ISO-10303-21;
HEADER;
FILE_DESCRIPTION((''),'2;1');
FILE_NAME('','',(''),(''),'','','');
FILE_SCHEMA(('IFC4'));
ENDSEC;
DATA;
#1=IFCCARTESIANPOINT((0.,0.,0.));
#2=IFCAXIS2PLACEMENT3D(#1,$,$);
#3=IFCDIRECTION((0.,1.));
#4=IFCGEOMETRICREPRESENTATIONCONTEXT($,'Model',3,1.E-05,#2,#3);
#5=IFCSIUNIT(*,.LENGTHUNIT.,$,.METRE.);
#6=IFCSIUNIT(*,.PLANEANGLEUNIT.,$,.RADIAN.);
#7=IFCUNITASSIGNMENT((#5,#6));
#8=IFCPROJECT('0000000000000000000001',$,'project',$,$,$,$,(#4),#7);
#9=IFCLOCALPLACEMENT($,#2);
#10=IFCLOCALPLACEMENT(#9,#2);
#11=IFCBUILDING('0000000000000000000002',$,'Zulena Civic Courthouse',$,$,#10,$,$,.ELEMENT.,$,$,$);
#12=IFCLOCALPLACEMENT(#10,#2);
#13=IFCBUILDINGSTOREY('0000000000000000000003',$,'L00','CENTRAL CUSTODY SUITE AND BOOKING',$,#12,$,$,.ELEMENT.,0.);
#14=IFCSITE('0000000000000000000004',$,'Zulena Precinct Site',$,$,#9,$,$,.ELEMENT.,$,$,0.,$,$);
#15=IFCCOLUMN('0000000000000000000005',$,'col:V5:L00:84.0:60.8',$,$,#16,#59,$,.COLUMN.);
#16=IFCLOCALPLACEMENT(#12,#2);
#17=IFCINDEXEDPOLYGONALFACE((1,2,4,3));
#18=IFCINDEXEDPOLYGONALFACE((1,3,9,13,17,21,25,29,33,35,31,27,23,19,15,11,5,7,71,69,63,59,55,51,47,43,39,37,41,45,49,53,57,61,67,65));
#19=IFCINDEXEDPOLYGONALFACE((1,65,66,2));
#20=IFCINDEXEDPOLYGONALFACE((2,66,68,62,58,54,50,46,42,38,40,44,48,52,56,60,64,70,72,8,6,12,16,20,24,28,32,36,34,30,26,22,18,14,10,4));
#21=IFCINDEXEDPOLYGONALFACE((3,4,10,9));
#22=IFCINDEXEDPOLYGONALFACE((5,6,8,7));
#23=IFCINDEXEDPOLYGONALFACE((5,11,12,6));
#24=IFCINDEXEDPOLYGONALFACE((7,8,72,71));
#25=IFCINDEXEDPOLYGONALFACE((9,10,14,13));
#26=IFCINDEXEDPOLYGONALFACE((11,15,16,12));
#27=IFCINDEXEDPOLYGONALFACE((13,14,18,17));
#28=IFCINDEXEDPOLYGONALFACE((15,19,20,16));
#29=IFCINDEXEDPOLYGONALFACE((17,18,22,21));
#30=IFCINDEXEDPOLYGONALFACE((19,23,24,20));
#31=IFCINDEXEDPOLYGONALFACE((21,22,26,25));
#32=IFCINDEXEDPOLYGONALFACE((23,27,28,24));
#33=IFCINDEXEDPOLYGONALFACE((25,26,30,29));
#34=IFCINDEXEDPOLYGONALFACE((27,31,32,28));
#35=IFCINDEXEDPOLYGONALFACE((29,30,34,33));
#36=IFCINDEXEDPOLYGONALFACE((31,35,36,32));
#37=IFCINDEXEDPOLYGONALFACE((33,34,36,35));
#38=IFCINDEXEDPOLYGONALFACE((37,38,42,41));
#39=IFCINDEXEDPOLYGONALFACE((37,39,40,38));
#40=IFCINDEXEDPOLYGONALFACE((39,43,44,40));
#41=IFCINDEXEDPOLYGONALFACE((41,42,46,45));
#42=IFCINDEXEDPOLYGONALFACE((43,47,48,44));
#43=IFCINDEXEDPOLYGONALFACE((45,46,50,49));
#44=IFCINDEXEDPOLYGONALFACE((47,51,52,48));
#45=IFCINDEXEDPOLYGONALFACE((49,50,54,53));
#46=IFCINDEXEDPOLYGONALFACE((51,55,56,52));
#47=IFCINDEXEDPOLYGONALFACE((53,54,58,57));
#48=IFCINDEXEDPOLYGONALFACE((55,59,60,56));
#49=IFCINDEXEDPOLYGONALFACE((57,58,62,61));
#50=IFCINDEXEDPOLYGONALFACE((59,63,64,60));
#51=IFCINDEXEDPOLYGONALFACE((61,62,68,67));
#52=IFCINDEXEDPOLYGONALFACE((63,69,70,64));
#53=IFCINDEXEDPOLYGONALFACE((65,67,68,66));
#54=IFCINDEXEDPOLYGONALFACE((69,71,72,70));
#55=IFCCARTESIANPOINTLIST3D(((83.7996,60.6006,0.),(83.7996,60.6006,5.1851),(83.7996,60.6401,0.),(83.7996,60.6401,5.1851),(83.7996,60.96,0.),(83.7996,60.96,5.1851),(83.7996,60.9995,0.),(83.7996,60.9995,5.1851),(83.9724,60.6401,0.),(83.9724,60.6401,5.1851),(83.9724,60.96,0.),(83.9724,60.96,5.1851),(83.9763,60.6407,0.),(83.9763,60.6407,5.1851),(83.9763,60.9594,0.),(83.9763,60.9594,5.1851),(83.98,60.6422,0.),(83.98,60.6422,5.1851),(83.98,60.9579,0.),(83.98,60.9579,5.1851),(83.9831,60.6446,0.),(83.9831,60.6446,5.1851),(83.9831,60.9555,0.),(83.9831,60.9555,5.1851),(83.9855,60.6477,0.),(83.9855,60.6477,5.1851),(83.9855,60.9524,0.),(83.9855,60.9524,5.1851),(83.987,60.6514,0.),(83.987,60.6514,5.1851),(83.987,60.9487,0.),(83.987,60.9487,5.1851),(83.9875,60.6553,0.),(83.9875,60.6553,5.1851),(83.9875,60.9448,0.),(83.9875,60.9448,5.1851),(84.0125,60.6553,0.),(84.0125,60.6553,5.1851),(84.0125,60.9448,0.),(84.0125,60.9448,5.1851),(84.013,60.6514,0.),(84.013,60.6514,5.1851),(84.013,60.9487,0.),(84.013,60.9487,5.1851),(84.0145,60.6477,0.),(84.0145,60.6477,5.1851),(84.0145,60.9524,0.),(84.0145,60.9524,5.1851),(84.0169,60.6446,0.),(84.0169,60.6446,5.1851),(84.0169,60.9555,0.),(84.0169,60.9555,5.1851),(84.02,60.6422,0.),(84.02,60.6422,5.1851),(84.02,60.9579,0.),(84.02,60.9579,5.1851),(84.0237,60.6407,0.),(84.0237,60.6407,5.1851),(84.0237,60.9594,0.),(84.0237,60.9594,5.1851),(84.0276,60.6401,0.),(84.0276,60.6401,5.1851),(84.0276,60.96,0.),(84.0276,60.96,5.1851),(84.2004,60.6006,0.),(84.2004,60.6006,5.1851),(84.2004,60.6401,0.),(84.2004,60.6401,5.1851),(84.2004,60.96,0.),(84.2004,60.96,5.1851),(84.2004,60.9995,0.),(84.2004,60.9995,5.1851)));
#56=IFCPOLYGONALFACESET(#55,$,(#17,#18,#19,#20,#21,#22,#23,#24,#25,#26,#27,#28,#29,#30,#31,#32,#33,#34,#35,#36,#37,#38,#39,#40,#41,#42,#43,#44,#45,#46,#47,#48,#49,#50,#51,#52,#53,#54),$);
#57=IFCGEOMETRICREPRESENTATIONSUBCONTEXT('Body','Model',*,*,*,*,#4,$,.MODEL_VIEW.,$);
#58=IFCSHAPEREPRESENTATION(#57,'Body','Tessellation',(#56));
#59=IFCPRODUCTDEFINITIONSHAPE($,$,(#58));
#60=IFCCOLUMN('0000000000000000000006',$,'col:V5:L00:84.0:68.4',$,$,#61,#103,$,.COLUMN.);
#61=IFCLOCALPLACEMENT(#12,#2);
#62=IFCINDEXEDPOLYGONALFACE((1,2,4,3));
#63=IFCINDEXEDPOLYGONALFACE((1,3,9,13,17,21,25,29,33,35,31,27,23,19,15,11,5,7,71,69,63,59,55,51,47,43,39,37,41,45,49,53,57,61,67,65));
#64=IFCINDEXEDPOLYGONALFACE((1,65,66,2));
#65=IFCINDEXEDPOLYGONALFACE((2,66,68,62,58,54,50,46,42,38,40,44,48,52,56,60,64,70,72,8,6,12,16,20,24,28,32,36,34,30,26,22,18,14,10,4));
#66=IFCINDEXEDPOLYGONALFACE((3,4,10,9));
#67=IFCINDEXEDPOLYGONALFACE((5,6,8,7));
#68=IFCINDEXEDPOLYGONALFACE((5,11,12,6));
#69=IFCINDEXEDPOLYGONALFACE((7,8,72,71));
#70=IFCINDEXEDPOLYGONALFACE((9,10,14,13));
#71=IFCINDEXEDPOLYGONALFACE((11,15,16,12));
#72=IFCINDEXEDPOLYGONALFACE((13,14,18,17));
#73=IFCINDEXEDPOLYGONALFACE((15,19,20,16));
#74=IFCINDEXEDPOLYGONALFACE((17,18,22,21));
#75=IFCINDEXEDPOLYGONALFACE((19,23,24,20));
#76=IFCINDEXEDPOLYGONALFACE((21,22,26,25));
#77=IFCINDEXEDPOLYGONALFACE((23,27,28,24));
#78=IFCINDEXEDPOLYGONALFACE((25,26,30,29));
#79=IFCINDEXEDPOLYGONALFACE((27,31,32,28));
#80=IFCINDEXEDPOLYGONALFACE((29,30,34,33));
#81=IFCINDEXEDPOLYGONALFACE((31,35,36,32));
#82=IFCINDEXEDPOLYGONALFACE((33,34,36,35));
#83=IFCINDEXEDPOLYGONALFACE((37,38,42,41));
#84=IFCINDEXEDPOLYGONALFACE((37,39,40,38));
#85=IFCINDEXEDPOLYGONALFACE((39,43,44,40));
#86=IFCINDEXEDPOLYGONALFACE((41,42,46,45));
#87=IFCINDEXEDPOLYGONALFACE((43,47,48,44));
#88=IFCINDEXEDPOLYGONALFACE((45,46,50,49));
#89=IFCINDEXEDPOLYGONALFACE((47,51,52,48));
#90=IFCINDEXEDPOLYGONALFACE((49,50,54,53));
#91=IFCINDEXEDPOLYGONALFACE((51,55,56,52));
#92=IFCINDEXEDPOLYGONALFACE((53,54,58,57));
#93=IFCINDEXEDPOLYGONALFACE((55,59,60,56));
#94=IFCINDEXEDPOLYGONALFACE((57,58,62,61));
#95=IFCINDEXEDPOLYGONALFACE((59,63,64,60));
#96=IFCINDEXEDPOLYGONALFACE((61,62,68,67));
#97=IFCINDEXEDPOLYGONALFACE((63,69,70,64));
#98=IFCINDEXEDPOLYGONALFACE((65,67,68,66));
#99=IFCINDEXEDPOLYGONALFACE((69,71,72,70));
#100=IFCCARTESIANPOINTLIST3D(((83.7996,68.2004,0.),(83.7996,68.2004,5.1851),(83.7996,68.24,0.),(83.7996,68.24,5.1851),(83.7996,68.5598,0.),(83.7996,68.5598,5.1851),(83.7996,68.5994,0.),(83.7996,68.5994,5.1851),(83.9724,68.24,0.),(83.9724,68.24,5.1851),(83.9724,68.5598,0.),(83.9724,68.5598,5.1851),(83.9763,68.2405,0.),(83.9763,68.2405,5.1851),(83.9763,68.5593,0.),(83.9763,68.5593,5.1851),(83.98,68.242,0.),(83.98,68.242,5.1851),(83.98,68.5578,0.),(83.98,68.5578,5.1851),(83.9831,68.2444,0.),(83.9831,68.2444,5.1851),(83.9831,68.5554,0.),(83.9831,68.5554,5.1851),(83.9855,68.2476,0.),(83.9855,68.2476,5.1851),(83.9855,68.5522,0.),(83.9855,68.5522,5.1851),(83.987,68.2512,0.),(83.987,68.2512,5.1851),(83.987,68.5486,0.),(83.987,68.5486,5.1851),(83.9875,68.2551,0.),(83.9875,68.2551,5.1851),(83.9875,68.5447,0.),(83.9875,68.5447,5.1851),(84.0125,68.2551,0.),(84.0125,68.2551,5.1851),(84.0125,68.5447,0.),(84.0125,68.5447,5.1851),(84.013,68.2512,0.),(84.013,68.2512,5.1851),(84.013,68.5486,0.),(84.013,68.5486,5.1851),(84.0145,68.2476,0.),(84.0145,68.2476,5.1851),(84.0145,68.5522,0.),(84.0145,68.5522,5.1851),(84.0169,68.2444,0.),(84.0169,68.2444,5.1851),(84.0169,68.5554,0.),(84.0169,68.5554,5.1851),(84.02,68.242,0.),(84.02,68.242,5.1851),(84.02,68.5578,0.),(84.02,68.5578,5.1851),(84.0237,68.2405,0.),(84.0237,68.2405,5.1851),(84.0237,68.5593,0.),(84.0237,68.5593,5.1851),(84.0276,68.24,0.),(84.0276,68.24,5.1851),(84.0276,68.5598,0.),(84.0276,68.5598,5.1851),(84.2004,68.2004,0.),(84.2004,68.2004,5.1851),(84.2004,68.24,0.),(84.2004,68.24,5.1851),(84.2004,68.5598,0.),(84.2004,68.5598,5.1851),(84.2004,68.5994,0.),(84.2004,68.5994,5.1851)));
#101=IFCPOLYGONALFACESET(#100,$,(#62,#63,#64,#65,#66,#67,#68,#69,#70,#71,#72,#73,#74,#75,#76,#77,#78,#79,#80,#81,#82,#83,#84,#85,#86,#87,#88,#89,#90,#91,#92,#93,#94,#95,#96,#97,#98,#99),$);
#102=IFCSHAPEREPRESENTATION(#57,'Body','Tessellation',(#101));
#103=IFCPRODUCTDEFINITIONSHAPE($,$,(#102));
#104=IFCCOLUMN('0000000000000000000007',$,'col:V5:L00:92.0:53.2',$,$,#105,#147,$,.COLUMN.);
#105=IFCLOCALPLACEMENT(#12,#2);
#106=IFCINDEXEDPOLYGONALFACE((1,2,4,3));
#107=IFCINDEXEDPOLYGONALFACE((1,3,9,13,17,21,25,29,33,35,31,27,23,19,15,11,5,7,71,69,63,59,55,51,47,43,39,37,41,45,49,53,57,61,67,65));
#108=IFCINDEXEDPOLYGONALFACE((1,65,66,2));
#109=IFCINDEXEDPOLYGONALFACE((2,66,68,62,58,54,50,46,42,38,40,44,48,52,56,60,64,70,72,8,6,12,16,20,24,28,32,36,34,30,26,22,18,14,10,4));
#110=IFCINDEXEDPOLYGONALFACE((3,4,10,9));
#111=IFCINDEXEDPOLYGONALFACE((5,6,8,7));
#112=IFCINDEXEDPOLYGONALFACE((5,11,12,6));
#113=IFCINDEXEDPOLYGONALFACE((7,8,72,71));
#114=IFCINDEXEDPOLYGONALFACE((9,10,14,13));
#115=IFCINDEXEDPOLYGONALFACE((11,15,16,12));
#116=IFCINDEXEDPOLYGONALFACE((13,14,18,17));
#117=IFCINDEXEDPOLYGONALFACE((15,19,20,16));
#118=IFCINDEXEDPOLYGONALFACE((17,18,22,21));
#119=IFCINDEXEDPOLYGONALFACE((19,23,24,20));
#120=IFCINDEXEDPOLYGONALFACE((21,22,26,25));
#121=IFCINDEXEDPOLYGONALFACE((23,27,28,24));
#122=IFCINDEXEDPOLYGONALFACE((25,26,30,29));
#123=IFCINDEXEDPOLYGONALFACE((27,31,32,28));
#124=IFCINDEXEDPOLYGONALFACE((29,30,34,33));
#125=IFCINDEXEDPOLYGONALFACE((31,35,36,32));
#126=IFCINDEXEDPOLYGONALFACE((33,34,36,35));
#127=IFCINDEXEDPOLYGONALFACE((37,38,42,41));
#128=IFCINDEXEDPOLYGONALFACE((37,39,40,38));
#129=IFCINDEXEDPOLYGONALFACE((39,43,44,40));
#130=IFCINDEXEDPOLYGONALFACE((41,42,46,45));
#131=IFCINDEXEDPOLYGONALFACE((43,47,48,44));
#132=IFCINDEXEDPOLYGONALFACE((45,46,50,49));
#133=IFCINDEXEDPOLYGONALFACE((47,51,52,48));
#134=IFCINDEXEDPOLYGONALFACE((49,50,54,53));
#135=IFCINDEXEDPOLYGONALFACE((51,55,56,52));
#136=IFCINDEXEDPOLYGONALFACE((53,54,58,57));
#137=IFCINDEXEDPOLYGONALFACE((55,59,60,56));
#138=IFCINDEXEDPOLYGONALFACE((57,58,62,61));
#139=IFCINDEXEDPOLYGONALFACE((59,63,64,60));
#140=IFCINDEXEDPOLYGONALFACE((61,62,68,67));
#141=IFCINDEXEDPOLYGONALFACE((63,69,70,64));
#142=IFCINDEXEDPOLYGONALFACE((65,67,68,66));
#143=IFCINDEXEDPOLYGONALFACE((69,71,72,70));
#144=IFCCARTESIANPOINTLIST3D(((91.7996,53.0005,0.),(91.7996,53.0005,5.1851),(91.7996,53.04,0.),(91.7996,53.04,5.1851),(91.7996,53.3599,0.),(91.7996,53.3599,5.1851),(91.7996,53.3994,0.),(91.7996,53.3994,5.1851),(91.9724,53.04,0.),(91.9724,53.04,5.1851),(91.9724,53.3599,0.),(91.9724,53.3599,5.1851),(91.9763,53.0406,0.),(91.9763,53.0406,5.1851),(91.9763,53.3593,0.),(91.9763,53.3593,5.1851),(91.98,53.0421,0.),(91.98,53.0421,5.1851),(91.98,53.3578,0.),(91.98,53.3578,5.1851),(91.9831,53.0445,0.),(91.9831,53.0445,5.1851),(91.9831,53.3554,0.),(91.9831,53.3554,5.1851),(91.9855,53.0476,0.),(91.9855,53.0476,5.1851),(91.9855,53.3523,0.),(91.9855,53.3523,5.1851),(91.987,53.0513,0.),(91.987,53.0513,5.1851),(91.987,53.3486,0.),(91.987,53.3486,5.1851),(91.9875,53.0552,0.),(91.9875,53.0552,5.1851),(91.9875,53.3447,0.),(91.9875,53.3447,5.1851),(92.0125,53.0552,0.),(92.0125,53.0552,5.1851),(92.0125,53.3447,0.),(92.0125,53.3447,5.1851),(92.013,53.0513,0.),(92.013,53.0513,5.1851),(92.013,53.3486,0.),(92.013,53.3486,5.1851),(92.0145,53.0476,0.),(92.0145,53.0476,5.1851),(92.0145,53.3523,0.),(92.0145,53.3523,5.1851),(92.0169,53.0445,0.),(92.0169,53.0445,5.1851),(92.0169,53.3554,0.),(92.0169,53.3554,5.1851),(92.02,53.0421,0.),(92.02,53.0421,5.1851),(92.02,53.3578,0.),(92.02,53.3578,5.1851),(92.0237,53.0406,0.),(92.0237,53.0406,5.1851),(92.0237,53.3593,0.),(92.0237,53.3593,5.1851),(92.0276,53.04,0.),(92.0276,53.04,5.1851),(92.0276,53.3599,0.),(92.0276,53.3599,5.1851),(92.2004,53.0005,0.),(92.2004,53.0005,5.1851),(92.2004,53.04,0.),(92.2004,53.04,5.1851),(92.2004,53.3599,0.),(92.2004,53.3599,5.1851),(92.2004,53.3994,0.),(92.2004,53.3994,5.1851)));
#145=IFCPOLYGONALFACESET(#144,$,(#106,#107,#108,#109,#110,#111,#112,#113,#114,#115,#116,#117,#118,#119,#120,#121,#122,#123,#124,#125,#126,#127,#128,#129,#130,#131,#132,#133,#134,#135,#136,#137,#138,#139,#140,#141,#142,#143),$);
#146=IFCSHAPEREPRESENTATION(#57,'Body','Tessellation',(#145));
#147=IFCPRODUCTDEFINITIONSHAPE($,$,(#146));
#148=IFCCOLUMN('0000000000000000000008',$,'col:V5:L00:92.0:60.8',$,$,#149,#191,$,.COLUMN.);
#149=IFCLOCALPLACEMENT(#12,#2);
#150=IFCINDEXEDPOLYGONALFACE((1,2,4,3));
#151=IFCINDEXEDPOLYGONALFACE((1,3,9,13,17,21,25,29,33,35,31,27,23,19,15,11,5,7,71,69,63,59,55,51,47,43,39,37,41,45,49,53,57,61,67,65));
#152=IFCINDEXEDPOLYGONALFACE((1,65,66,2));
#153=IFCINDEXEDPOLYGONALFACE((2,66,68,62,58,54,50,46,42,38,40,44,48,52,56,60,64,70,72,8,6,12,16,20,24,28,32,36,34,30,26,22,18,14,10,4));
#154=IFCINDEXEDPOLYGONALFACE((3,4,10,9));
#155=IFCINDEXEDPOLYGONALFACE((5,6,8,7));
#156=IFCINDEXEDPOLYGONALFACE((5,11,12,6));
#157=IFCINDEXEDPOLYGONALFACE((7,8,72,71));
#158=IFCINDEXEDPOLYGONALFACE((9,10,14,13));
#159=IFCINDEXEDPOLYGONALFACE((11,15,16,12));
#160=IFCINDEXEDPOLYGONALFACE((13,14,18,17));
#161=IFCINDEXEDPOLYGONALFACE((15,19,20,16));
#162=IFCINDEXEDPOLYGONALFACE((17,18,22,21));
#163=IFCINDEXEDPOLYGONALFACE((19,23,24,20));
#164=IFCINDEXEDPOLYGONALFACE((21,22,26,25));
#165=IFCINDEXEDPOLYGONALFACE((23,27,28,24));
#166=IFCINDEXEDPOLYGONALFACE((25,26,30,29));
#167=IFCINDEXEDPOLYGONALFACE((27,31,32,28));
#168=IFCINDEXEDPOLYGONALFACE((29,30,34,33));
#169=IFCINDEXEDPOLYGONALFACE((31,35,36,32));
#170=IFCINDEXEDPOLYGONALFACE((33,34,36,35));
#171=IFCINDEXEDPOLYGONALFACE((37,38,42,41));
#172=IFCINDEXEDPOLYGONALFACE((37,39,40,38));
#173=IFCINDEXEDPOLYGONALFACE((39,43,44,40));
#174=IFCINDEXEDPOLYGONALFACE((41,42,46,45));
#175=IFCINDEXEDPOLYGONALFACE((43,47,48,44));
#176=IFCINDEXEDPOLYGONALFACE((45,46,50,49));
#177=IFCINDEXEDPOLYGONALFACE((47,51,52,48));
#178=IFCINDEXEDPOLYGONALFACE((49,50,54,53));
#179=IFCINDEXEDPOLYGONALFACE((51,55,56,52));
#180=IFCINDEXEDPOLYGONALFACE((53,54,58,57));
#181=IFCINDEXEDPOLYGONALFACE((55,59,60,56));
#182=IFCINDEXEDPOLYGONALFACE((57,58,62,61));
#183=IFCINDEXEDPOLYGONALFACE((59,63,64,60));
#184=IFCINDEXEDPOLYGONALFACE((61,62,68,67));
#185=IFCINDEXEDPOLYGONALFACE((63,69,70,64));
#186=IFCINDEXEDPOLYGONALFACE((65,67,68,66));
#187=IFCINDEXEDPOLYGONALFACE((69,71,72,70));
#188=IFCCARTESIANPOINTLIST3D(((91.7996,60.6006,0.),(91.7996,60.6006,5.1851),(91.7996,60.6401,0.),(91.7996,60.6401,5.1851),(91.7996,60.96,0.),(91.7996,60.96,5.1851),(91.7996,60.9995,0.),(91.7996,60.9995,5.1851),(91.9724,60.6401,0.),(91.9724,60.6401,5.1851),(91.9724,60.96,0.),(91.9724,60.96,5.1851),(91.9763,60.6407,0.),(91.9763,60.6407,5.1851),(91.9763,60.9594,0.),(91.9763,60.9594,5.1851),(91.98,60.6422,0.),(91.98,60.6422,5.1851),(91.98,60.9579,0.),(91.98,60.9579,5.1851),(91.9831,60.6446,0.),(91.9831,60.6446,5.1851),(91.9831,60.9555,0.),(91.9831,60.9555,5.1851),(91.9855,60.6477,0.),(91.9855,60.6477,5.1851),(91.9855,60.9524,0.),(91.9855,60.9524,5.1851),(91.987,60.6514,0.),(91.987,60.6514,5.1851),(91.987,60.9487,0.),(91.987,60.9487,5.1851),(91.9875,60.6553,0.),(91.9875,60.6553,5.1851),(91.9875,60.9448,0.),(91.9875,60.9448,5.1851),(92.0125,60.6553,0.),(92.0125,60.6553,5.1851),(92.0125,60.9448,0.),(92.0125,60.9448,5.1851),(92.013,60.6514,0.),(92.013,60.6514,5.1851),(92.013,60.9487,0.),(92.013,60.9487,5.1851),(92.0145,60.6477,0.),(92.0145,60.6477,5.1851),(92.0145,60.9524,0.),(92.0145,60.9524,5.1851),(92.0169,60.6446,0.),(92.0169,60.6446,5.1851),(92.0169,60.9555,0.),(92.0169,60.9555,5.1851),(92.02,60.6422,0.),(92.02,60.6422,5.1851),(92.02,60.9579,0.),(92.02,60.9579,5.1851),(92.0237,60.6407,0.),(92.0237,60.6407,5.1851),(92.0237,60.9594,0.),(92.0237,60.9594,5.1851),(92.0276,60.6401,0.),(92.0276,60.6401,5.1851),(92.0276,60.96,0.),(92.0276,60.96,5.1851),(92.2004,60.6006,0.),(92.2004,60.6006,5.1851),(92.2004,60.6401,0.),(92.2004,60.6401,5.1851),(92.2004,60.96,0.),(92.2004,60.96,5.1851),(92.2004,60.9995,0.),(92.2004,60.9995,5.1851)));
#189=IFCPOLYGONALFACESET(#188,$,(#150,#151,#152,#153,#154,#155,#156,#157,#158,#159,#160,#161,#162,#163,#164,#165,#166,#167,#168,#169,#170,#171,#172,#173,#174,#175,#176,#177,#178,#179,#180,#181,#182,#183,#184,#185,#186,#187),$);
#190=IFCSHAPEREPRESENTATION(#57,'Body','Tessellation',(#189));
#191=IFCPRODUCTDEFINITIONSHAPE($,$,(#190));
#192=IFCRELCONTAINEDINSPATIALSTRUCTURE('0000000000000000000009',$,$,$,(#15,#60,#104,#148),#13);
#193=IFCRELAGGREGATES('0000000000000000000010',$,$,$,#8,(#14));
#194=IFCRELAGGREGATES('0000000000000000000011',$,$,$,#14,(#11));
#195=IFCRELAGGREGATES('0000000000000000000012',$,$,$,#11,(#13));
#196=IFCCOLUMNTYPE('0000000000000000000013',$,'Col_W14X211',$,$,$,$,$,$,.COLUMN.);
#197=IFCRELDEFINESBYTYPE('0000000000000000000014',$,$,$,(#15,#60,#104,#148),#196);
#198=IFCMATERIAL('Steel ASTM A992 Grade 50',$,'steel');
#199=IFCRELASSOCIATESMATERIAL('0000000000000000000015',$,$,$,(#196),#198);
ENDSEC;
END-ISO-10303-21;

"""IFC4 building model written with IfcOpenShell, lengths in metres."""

from ifc_helpers import new_model, si_unit, direction, frame, origin, origin_2d, place, context, subcontext, project, spatial, i_section, extrude, material, material_profile, profile_set, type_object, element, save


model = new_model("IFC4")

# Units and contexts
model_context = context("Model", 3, precision=1e-05, world=origin(), true_north=direction((0.0, 1.0)))
body_context = subcontext(model_context, "Body", "Model", "MODEL_VIEW")
ifc_project = project(units=[si_unit("LENGTHUNIT", "METRE"), si_unit("PLANEANGLEUNIT", "RADIAN")], contexts=[model_context])

# Site, building, storey
site_placement = place(None, origin())
site = spatial("IfcSite", under=ifc_project, at=site_placement, Name="Zulena Precinct Site", CompositionType="ELEMENT", RefElevation=0.0)
building_placement = place(site_placement, origin())
building = spatial("IfcBuilding", under=site, at=building_placement, Name="Zulena Civic Courthouse", CompositionType="ELEMENT")
storey_placement = place(building_placement, origin())
storey = spatial("IfcBuildingStorey", under=building, at=storey_placement, Name="L00", Description="CENTRAL CUSTODY SUITE AND BOOKING", CompositionType="ELEMENT", Elevation=0.0)

# Columns
ifc_material_1 = material(Name="Steel ASTM A992 Grade 50", Category="steel")
ifc_material_profile_1 = material_profile(ifc_material_1, i_section(OverallWidth=0.4009, OverallDepth=0.3989, WebThickness=0.0249, FlangeThickness=0.0396, FilletRadius=0.0151, at=origin_2d()), Name="W14X211")
ifc_profile_set_1 = profile_set([ifc_material_profile_1], Name="Steel ASTM A992 Grade 50")
column_type = type_object("IfcColumnType", Name="Col_W14X211", PredefinedType="COLUMN", material=ifc_profile_set_1)
for number, where, z_axis, x_axis, name in (
    (1, (84.0, 60.8, 0.0), (0.0, 0.0, 1.0), (1.0, 0.0, 0.0), "col:V5:L00:84.0:60.8"),
    (2, (84.0, 68.3999, 0.0), (0.0, 0.0, 1.0), (1.0, 0.0, 0.0), "col:V5:L00:84.0:68.4"),
    (3, (92.0, 53.2, 0.0), (0.0, 0.0, 1.0), (1.0, 0.0, 0.0), "col:V5:L00:92.0:53.2"),
    (4, (92.0, 60.8, 0.0), (0.0, 0.0, 1.0), (1.0, 0.0, 0.0), "col:V5:L00:92.0:60.8"),
):
    element("IfcColumn", number, at=place(storey_placement, frame(where, z_axis=z_axis, x_axis=x_axis)), inside=storey, type_object=column_type, Name=name, PredefinedType="COLUMN", context=body_context, shape_type="SweptSolid", body=[
        extrude(i_section(OverallWidth=0.4009, OverallDepth=0.3989, WebThickness=0.0249, FlangeThickness=0.0396, FilletRadius=0.0151, at=origin_2d()), origin(), (0.0, 0.0, 1.0), 5.1851),
    ])

save(model, "model.ifc")
